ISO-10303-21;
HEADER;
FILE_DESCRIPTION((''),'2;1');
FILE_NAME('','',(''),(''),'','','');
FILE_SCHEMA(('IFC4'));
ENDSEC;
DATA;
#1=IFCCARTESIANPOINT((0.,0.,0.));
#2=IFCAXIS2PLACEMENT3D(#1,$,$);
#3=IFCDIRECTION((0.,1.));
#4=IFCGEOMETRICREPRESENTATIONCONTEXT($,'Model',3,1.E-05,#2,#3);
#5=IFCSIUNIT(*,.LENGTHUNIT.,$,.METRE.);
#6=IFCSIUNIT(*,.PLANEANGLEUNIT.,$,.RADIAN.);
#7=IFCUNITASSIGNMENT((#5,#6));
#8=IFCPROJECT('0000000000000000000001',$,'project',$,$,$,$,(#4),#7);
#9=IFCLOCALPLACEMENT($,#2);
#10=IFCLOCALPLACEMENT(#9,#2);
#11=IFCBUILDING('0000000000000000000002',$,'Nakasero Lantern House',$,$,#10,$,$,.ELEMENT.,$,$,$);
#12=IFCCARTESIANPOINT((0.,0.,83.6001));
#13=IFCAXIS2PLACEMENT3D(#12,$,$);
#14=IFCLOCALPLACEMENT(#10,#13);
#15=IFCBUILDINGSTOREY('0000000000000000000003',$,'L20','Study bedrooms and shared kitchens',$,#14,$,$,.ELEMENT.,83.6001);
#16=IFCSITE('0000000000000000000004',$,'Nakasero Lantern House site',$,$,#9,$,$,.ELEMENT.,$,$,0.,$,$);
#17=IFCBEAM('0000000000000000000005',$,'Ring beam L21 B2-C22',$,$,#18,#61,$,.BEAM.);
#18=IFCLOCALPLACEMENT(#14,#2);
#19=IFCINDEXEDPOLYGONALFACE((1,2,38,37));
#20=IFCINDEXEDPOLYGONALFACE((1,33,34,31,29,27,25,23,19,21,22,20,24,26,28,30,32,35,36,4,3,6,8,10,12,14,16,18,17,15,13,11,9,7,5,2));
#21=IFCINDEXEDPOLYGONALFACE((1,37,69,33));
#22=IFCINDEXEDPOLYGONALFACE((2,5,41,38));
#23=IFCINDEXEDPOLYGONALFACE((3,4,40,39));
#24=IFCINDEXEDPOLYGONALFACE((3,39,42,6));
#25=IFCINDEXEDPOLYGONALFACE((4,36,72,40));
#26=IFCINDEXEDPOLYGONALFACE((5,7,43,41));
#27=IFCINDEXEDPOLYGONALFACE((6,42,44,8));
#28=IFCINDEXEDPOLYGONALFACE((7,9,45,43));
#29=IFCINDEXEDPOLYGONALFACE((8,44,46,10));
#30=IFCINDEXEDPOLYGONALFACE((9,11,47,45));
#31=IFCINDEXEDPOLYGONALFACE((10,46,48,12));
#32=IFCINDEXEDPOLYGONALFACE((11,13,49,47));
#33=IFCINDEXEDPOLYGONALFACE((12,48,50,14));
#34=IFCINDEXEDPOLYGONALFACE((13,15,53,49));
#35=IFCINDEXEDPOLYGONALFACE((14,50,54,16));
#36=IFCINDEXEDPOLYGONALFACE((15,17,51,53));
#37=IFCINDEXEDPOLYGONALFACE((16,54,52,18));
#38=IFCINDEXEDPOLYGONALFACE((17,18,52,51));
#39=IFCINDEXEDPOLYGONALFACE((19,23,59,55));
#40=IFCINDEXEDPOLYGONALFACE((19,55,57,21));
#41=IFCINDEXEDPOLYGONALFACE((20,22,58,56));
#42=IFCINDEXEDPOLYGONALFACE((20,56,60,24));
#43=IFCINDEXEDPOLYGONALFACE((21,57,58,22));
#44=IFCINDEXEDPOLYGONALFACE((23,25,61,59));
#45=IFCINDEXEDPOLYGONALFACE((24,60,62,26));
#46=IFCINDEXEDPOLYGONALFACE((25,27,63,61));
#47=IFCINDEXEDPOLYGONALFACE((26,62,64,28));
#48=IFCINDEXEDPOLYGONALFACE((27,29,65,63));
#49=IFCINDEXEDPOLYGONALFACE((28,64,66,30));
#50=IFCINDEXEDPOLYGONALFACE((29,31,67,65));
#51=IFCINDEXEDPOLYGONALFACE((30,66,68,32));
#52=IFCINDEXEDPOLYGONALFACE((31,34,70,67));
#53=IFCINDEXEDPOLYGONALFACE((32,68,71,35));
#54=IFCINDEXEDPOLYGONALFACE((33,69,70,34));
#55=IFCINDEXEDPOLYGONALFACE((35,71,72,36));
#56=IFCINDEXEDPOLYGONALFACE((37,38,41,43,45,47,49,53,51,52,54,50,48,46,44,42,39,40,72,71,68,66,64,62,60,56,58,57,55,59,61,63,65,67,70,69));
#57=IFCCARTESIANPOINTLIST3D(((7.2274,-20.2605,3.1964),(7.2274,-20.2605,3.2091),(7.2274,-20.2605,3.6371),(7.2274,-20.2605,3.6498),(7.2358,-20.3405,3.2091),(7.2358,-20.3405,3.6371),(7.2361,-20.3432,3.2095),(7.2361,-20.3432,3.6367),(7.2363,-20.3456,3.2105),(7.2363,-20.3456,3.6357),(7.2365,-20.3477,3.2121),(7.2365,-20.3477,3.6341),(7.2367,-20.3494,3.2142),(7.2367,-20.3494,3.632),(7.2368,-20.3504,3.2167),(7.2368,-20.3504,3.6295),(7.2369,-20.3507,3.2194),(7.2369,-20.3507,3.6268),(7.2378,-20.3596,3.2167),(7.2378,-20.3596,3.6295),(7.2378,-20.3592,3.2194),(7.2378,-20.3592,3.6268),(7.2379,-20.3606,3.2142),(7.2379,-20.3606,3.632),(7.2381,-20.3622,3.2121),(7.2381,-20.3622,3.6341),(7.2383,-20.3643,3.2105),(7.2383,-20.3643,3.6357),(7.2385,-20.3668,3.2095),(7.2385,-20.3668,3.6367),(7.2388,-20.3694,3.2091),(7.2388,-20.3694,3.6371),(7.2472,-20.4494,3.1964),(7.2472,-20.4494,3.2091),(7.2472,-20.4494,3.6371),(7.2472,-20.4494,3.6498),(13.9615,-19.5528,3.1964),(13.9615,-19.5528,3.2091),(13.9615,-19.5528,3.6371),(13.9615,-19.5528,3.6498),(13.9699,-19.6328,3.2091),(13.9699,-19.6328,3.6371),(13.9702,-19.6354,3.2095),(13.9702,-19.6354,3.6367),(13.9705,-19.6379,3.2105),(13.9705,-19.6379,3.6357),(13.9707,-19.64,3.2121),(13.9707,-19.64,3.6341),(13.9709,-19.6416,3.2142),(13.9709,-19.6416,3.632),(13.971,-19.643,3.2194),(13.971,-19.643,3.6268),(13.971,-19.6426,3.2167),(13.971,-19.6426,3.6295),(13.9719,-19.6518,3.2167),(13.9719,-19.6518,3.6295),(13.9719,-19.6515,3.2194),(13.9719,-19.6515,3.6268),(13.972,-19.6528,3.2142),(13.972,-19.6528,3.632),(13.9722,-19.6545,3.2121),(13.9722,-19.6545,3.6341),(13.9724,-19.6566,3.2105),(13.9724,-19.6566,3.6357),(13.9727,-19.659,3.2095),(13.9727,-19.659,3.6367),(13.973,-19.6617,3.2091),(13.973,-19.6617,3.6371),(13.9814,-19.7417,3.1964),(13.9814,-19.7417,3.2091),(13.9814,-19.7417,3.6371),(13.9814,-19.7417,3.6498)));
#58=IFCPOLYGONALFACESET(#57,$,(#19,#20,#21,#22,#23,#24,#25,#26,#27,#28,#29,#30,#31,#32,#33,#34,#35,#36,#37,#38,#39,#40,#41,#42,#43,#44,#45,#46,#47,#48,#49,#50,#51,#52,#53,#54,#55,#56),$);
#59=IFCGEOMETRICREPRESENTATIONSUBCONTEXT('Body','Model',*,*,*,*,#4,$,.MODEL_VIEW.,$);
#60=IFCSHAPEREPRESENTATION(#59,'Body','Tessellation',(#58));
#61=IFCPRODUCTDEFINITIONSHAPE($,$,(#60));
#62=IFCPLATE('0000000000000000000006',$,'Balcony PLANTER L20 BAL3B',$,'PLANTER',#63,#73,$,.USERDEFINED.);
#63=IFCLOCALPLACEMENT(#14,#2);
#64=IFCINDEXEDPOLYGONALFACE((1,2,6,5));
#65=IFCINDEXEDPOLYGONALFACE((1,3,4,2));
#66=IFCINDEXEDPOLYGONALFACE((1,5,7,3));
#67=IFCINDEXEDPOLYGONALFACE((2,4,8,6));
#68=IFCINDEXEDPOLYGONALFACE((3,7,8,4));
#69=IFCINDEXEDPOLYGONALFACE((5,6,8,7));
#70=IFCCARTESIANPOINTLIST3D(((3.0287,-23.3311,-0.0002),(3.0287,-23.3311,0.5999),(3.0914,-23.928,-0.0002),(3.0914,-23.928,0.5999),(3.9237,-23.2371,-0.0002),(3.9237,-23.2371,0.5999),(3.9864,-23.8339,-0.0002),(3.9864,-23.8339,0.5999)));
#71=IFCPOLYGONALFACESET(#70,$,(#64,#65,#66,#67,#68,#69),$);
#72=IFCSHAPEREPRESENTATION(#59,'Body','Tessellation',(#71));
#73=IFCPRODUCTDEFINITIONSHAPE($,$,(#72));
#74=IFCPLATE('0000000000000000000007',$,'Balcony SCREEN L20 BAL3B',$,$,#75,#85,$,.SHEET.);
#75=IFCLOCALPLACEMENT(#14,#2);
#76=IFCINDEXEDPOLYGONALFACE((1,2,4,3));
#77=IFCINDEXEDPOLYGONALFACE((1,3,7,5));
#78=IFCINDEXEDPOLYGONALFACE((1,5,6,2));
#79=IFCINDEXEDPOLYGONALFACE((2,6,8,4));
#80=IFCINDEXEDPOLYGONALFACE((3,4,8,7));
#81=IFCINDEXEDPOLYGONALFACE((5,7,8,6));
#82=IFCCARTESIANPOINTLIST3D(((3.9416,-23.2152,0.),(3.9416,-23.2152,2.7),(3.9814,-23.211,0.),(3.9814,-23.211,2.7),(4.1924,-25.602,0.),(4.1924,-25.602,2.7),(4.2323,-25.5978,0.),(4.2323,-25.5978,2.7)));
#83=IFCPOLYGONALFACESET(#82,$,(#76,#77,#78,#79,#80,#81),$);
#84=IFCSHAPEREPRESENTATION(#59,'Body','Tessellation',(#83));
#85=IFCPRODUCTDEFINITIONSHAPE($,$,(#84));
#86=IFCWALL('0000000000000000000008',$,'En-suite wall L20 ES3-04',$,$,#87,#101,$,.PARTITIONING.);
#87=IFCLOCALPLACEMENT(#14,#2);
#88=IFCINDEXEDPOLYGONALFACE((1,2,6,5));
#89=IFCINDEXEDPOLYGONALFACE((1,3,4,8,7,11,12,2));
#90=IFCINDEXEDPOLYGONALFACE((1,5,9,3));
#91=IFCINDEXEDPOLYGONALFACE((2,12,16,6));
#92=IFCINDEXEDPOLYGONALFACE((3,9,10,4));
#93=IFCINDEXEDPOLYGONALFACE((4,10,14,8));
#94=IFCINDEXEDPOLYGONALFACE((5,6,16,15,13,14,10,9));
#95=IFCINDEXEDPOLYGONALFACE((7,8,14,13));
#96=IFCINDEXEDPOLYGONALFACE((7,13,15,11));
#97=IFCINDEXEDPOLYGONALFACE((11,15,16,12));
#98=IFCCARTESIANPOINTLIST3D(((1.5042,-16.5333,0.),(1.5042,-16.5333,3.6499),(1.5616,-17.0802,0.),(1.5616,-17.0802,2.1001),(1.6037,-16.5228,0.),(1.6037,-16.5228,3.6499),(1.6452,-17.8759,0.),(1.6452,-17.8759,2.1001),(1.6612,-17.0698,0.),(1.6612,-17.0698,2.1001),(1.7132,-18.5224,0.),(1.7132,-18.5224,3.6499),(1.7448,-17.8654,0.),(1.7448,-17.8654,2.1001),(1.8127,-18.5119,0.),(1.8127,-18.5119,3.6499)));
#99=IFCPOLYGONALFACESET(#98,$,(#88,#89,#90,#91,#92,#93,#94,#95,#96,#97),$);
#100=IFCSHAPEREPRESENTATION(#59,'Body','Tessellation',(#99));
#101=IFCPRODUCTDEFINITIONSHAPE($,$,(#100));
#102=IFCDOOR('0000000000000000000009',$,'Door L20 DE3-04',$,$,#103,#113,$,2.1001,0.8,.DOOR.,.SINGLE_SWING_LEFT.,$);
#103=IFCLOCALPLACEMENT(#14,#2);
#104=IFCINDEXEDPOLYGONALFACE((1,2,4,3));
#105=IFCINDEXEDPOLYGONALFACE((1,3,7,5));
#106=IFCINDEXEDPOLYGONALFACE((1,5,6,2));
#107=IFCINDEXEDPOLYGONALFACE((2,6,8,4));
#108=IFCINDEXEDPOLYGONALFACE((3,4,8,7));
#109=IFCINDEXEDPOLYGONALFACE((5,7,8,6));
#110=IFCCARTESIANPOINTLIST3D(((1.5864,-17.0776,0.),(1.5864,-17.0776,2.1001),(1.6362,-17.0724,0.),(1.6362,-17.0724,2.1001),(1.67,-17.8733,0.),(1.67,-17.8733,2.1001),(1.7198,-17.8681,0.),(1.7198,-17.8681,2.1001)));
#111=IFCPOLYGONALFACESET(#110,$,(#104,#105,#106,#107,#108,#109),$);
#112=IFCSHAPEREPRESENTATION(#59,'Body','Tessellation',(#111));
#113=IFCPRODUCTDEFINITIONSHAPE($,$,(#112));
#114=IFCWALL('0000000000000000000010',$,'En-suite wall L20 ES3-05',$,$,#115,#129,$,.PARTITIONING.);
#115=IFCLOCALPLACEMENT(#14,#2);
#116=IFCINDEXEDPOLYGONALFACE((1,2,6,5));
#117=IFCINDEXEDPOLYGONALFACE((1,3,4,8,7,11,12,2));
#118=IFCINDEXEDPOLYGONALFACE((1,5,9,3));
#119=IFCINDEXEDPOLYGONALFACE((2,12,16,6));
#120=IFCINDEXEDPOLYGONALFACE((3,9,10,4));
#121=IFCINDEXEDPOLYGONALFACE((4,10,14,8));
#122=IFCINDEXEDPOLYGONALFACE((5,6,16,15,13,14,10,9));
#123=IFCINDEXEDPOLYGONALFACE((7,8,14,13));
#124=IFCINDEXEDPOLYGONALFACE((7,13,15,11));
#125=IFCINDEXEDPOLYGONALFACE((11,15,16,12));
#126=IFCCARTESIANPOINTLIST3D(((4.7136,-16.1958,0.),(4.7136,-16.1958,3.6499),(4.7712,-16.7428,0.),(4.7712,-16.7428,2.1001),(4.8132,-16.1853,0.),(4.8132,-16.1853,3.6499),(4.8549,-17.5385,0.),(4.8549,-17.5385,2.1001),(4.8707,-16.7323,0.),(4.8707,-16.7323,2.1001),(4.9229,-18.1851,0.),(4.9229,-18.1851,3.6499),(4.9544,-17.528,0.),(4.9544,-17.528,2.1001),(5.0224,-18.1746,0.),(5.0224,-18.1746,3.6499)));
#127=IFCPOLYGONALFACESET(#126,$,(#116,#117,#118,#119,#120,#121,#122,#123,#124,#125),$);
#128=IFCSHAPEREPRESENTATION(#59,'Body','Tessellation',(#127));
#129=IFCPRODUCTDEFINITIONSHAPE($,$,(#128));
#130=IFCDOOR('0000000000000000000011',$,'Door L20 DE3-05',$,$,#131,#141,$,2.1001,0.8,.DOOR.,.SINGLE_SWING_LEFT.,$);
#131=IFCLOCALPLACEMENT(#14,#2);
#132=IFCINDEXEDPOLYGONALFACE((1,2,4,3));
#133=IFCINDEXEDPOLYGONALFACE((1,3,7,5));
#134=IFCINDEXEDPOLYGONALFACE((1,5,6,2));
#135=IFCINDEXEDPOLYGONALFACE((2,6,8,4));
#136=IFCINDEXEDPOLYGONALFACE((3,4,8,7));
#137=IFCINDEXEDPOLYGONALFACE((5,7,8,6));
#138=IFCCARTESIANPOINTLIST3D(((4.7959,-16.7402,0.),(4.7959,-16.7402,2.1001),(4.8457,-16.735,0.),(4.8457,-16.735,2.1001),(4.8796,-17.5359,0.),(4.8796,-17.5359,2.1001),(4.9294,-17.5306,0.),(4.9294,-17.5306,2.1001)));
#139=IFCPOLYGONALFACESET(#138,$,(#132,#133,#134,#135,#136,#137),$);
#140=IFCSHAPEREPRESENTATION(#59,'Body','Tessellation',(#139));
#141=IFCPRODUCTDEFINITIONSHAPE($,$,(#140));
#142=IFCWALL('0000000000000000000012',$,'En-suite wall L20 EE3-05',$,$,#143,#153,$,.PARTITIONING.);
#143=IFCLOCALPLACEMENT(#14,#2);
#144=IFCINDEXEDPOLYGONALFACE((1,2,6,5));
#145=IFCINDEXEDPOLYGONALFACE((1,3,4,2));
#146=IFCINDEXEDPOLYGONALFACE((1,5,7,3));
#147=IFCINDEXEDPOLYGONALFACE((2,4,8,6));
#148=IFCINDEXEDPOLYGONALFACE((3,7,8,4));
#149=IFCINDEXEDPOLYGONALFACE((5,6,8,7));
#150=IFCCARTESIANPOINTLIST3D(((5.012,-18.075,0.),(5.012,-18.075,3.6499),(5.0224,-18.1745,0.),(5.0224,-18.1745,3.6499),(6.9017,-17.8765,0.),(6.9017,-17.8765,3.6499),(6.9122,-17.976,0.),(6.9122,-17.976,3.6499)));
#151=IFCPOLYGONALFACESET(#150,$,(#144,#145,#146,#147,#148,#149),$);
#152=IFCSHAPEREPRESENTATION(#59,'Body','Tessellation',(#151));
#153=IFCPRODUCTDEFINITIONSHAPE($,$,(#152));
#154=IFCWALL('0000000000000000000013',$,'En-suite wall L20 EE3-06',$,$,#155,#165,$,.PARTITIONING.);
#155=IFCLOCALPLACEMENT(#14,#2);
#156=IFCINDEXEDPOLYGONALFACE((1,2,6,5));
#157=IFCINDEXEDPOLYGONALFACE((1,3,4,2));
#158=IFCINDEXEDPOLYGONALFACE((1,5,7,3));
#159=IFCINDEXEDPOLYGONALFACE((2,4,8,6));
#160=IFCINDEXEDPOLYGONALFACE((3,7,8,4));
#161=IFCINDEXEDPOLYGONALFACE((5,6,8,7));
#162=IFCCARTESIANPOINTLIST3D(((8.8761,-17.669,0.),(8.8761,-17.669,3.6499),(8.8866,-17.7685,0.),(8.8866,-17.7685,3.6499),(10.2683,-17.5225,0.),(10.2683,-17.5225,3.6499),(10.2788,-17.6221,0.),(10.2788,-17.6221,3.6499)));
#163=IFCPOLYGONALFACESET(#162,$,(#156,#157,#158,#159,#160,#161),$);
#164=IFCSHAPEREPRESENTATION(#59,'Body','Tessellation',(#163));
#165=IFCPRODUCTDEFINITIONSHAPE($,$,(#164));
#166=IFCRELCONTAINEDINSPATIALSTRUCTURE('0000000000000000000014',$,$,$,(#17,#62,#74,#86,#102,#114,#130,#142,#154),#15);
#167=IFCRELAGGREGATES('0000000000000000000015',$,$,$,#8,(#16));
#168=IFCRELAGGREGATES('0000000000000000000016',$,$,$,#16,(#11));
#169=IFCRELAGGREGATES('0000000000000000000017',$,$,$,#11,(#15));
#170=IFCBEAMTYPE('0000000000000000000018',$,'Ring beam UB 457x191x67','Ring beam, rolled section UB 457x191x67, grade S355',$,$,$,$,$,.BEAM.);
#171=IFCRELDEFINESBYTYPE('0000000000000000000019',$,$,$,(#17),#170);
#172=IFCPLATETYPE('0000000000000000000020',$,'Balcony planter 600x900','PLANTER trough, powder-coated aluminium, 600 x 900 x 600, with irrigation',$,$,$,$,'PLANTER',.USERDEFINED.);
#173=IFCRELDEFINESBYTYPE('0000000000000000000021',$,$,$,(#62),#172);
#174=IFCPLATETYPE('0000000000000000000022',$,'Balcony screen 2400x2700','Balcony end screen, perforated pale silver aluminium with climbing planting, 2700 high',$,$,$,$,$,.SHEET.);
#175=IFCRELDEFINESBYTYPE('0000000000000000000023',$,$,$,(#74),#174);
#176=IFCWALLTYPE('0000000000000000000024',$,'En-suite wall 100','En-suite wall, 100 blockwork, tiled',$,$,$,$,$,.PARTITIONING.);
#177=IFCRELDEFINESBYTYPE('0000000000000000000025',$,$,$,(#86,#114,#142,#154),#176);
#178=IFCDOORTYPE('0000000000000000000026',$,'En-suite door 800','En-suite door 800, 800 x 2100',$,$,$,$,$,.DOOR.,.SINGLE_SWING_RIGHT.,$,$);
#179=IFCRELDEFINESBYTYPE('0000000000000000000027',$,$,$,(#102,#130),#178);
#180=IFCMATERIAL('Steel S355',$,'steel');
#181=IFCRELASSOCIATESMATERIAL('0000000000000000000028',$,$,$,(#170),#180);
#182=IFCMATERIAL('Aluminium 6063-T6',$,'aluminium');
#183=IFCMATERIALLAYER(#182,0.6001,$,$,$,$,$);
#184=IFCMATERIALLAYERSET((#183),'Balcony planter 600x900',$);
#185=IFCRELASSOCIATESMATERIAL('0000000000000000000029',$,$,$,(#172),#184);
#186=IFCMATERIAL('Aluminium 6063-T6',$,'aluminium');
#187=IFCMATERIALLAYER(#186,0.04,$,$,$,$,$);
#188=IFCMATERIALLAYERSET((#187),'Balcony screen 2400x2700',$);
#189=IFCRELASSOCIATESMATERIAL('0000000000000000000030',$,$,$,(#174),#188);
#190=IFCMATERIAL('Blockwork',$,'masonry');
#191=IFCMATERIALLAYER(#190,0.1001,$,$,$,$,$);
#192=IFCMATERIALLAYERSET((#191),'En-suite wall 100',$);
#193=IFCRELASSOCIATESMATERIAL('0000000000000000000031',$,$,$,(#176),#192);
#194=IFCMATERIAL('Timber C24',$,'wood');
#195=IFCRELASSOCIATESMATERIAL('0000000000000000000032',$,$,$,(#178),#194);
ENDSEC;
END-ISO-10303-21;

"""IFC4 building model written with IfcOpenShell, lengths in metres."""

from ifc_helpers import new_model, si_unit, direction, frame, frame_2d, origin, origin_2d, place, context, subcontext, project, spatial, rectangle, i_section, extrude, material, layer, layer_set, material_profile, profile_set, type_object, element, fill, save


model = new_model("IFC4")

# Units and contexts
model_context = context("Model", 3, precision=1e-05, world=origin(), true_north=direction((0.0, 1.0)))
body_context = subcontext(model_context, "Body", "Model", "MODEL_VIEW")
ifc_project = project(units=[si_unit("LENGTHUNIT", "METRE"), si_unit("PLANEANGLEUNIT", "RADIAN")], contexts=[model_context])

# Site, building, storey
site_placement = place(None, origin())
site = spatial("IfcSite", under=ifc_project, at=site_placement, Name="Nakasero Lantern House site", CompositionType="ELEMENT", RefElevation=0.0)
building_placement = place(site_placement, origin())
building = spatial("IfcBuilding", under=site, at=building_placement, Name="Nakasero Lantern House", CompositionType="ELEMENT")
storey_placement = place(building_placement, frame((0.0, 0.0, 83.6001)))
storey = spatial("IfcBuildingStorey", under=building, at=storey_placement, Name="L20", Description="Study bedrooms and shared kitchens", CompositionType="ELEMENT", Elevation=83.6001)

# Beam
ifc_material_1 = material(Name="Steel S355", Category="steel")
ifc_material_profile_1 = material_profile(ifc_material_1, i_section(OverallWidth=0.1899, OverallDepth=0.4534, WebThickness=0.0085, FlangeThickness=0.0127, FilletRadius=0.0103, at=origin_2d()), Name="UB 457x191x67")
ifc_profile_set_1 = profile_set([ifc_material_profile_1], Name="Steel S355")
beam_type_1 = type_object("IfcBeamType", Name="Ring beam UB 457x191x67", Description="Ring beam, rolled section UB 457x191x67, grade S355", PredefinedType="BEAM", material=ifc_profile_set_1)
beam_1_placement = place(storey_placement, frame((7.2373, -20.355, 3.4231), z_axis=(0.994522, 0.104525, 0.0), x_axis=(-0.104525, 0.994522, 0.0)))
element("IfcBeam", 1, at=beam_1_placement, inside=storey, type_object=beam_type_1, Name="Ring beam L21 B2-C22", PredefinedType="BEAM", context=body_context, shape_type="SweptSolid", body=[
    extrude(i_section(OverallWidth=0.1899, OverallDepth=0.4534, WebThickness=0.0085, FlangeThickness=0.0127, FilletRadius=0.0103, at=origin_2d()), origin(), (0.0, 0.0, 1.0), 6.7712),
])

# Plates
ifc_material_2 = material(Name="Aluminium 6063-T6", Category="aluminium")
ifc_layer_1 = layer(ifc_material_2, 0.6001)
ifc_layer_set_1 = layer_set([ifc_layer_1], Name="Balcony planter 600x900")
plate_type_1 = type_object("IfcPlateType", Name="Balcony planter 600x900", Description="PLANTER trough, powder-coated aluminium, 600 x 900 x 600, with irrigation", ElementType="PLANTER", PredefinedType="USERDEFINED", material=ifc_layer_set_1)
plate_1_placement = place(storey_placement, frame((3.5076, -23.5825, -0.0002), z_axis=(0.0, 0.0, 1.0), x_axis=(0.104528, -0.994522, 0.0)))
element("IfcPlate", 2, at=plate_1_placement, inside=storey, type_object=plate_type_1, Name="Balcony PLANTER L20 BAL3B", ObjectType="PLANTER", PredefinedType="USERDEFINED", context=body_context, shape_type="SweptSolid", body=[
    extrude(rectangle(XDim=0.6001, YDim=0.8999, at=origin_2d()), origin(), (0.0, 0.0, 1.0), 0.6001),
])
ifc_material_3 = material(Name="Aluminium 6063-T6", Category="aluminium")
ifc_layer_2 = layer(ifc_material_3, 0.04)
ifc_layer_set_2 = layer_set([ifc_layer_2], Name="Balcony screen 2400x2700")
plate_type_2 = type_object("IfcPlateType", Name="Balcony screen 2400x2700", Description="Balcony end screen, perforated pale silver aluminium with climbing planting, 2700 high", PredefinedType="SHEET", material=ifc_layer_set_2)
plate_2_placement = place(storey_placement, frame((4.0869, -24.4065, 0.0), z_axis=(0.0, 0.0, 1.0), x_axis=(0.104528, -0.994522, 0.0)))
element("IfcPlate", 3, at=plate_2_placement, inside=storey, type_object=plate_type_2, Name="Balcony SCREEN L20 BAL3B", PredefinedType="SHEET", context=body_context, shape_type="SweptSolid", body=[
    extrude(rectangle(XDim=2.3999, YDim=0.04, at=origin_2d()), origin(), (0.0, 0.0, 1.0), 2.7),
])

# Walls, openings, doors
ifc_material_4 = material(Name="Blockwork", Category="masonry")
ifc_layer_3 = layer(ifc_material_4, 0.1001)
ifc_layer_set_3 = layer_set([ifc_layer_3], Name="En-suite wall 100")
wall_type_1 = type_object("IfcWallType", Name="En-suite wall 100", Description="En-suite wall, 100 blockwork, tiled", PredefinedType="PARTITIONING", material=ifc_layer_set_3)
wall_1_placement = place(storey_placement, frame((1.554, -16.5281, 0.0), z_axis=(0.0, 0.0, 1.0), x_axis=(0.104494, -0.994526, 0.0)))
wall_1 = element("IfcWall", 4, at=wall_1_placement, inside=storey, type_object=wall_type_1, Name="En-suite wall L20 ES3-04", PredefinedType="PARTITIONING", context=body_context, shape_type="SweptSolid", body=[
    extrude(rectangle(XDim=2.0, YDim=0.1001, at=frame_2d((1.0, 0.0))), origin(), (0.0, 0.0, 1.0), 3.6499),
])
opening_1_placement = place(wall_1_placement, frame((0.55, 0.0, 0.0)))
opening_1 = element("IfcOpeningElement", 5, at=opening_1_placement, cuts=wall_1, PredefinedType="OPENING", context=body_context, shape_type="SweptSolid", body=[
    extrude(rectangle(XDim=0.8, YDim=2.1001, at=frame_2d((0.3999, 1.05))), frame((0.0, 0.0701, 0.0), z_axis=(0.0, -1.0, 0.0), x_axis=(1.0, 0.0, 0.0)), (0.0, 0.0, 1.0), 0.1401),
])
ifc_material_5 = material(Name="Timber C24", Category="wood")
door_type_1 = type_object("IfcDoorType", Name="En-suite door 800", Description="En-suite door 800, 800 x 2100", OperationType="SINGLE_SWING_RIGHT", PredefinedType="DOOR", material=ifc_material_5)
door_1_placement = place(opening_1_placement, origin())
door_1 = element("IfcDoor", 6, at=door_1_placement, inside=storey, type_object=door_type_1, Name="Door L20 DE3-04", OperationType="SINGLE_SWING_LEFT", OverallHeight=2.1001, OverallWidth=0.8, PredefinedType="DOOR", context=body_context, shape_type="SweptSolid", body=[
    extrude(rectangle(XDim=0.8, YDim=2.1001, at=frame_2d((0.3999, 1.05))), frame((0.0, 0.0249, 0.0), z_axis=(0.0, -1.0, 0.0), x_axis=(1.0, 0.0, 0.0)), (0.0, 0.0, 1.0), 0.05),
])
fill(opening_1, door_1)
wall_2_placement = place(storey_placement, frame((4.7634, -16.1907, 0.0), z_axis=(0.0, 0.0, 1.0), x_axis=(0.104602, -0.994514, 0.0)))
wall_2 = element("IfcWall", 7, at=wall_2_placement, inside=storey, type_object=wall_type_1, Name="En-suite wall L20 ES3-05", PredefinedType="PARTITIONING", context=body_context, shape_type="SweptSolid", body=[
    extrude(rectangle(XDim=2.0002, YDim=0.1001, at=frame_2d((1.0, 0.0))), origin(), (0.0, 0.0, 1.0), 3.6499),
])
opening_2_placement = place(wall_2_placement, frame((0.55, 0.0, 0.0)))
opening_2 = element("IfcOpeningElement", 8, at=opening_2_placement, cuts=wall_2, PredefinedType="OPENING", context=body_context, shape_type="SweptSolid", body=[
    extrude(rectangle(XDim=0.8, YDim=2.1001, at=frame_2d((0.3999, 1.05))), frame((0.0, 0.0701, 0.0), z_axis=(0.0, -1.0, 0.0), x_axis=(1.0, 0.0, 0.0)), (0.0, 0.0, 1.0), 0.1401),
])
door_2_placement = place(opening_2_placement, origin())
door_2 = element("IfcDoor", 9, at=door_2_placement, inside=storey, type_object=door_type_1, Name="Door L20 DE3-05", OperationType="SINGLE_SWING_LEFT", OverallHeight=2.1001, OverallWidth=0.8, PredefinedType="DOOR", context=body_context, shape_type="SweptSolid", body=[
    extrude(rectangle(XDim=0.8, YDim=2.1001, at=frame_2d((0.3999, 1.05))), frame((0.0, 0.0249, 0.0), z_axis=(0.0, -1.0, 0.0), x_axis=(1.0, 0.0, 0.0)), (0.0, 0.0, 1.0), 0.05),
])
fill(opening_2, door_2)

# Walls
wall_3_placement = place(storey_placement, frame((5.0171, -18.1248, 0.0), z_axis=(0.0, 0.0, 1.0), x_axis=(0.994529, 0.104464, 0.0)))
element("IfcWall", 10, at=wall_3_placement, inside=storey, type_object=wall_type_1, Name="En-suite wall L20 EE3-05", PredefinedType="PARTITIONING", context=body_context, shape_type="SweptSolid", body=[
    extrude(rectangle(XDim=1.9001, YDim=0.1001, at=frame_2d((0.9502, 0.0))), origin(), (0.0, 0.0, 1.0), 3.6499),
])
wall_4_placement = place(storey_placement, frame((8.8813, -17.7188, 0.0), z_axis=(0.0, 0.0, 1.0), x_axis=(0.994511, 0.10463, 0.0)))
element("IfcWall", 11, at=wall_4_placement, inside=storey, type_object=wall_type_1, Name="En-suite wall L20 EE3-06", PredefinedType="PARTITIONING", context=body_context, shape_type="SweptSolid", body=[
    extrude(rectangle(XDim=1.3999, YDim=0.1001, at=frame_2d((0.7, 0.0))), origin(), (0.0, 0.0, 1.0), 3.6499),
])

save(model, "model.ifc")
